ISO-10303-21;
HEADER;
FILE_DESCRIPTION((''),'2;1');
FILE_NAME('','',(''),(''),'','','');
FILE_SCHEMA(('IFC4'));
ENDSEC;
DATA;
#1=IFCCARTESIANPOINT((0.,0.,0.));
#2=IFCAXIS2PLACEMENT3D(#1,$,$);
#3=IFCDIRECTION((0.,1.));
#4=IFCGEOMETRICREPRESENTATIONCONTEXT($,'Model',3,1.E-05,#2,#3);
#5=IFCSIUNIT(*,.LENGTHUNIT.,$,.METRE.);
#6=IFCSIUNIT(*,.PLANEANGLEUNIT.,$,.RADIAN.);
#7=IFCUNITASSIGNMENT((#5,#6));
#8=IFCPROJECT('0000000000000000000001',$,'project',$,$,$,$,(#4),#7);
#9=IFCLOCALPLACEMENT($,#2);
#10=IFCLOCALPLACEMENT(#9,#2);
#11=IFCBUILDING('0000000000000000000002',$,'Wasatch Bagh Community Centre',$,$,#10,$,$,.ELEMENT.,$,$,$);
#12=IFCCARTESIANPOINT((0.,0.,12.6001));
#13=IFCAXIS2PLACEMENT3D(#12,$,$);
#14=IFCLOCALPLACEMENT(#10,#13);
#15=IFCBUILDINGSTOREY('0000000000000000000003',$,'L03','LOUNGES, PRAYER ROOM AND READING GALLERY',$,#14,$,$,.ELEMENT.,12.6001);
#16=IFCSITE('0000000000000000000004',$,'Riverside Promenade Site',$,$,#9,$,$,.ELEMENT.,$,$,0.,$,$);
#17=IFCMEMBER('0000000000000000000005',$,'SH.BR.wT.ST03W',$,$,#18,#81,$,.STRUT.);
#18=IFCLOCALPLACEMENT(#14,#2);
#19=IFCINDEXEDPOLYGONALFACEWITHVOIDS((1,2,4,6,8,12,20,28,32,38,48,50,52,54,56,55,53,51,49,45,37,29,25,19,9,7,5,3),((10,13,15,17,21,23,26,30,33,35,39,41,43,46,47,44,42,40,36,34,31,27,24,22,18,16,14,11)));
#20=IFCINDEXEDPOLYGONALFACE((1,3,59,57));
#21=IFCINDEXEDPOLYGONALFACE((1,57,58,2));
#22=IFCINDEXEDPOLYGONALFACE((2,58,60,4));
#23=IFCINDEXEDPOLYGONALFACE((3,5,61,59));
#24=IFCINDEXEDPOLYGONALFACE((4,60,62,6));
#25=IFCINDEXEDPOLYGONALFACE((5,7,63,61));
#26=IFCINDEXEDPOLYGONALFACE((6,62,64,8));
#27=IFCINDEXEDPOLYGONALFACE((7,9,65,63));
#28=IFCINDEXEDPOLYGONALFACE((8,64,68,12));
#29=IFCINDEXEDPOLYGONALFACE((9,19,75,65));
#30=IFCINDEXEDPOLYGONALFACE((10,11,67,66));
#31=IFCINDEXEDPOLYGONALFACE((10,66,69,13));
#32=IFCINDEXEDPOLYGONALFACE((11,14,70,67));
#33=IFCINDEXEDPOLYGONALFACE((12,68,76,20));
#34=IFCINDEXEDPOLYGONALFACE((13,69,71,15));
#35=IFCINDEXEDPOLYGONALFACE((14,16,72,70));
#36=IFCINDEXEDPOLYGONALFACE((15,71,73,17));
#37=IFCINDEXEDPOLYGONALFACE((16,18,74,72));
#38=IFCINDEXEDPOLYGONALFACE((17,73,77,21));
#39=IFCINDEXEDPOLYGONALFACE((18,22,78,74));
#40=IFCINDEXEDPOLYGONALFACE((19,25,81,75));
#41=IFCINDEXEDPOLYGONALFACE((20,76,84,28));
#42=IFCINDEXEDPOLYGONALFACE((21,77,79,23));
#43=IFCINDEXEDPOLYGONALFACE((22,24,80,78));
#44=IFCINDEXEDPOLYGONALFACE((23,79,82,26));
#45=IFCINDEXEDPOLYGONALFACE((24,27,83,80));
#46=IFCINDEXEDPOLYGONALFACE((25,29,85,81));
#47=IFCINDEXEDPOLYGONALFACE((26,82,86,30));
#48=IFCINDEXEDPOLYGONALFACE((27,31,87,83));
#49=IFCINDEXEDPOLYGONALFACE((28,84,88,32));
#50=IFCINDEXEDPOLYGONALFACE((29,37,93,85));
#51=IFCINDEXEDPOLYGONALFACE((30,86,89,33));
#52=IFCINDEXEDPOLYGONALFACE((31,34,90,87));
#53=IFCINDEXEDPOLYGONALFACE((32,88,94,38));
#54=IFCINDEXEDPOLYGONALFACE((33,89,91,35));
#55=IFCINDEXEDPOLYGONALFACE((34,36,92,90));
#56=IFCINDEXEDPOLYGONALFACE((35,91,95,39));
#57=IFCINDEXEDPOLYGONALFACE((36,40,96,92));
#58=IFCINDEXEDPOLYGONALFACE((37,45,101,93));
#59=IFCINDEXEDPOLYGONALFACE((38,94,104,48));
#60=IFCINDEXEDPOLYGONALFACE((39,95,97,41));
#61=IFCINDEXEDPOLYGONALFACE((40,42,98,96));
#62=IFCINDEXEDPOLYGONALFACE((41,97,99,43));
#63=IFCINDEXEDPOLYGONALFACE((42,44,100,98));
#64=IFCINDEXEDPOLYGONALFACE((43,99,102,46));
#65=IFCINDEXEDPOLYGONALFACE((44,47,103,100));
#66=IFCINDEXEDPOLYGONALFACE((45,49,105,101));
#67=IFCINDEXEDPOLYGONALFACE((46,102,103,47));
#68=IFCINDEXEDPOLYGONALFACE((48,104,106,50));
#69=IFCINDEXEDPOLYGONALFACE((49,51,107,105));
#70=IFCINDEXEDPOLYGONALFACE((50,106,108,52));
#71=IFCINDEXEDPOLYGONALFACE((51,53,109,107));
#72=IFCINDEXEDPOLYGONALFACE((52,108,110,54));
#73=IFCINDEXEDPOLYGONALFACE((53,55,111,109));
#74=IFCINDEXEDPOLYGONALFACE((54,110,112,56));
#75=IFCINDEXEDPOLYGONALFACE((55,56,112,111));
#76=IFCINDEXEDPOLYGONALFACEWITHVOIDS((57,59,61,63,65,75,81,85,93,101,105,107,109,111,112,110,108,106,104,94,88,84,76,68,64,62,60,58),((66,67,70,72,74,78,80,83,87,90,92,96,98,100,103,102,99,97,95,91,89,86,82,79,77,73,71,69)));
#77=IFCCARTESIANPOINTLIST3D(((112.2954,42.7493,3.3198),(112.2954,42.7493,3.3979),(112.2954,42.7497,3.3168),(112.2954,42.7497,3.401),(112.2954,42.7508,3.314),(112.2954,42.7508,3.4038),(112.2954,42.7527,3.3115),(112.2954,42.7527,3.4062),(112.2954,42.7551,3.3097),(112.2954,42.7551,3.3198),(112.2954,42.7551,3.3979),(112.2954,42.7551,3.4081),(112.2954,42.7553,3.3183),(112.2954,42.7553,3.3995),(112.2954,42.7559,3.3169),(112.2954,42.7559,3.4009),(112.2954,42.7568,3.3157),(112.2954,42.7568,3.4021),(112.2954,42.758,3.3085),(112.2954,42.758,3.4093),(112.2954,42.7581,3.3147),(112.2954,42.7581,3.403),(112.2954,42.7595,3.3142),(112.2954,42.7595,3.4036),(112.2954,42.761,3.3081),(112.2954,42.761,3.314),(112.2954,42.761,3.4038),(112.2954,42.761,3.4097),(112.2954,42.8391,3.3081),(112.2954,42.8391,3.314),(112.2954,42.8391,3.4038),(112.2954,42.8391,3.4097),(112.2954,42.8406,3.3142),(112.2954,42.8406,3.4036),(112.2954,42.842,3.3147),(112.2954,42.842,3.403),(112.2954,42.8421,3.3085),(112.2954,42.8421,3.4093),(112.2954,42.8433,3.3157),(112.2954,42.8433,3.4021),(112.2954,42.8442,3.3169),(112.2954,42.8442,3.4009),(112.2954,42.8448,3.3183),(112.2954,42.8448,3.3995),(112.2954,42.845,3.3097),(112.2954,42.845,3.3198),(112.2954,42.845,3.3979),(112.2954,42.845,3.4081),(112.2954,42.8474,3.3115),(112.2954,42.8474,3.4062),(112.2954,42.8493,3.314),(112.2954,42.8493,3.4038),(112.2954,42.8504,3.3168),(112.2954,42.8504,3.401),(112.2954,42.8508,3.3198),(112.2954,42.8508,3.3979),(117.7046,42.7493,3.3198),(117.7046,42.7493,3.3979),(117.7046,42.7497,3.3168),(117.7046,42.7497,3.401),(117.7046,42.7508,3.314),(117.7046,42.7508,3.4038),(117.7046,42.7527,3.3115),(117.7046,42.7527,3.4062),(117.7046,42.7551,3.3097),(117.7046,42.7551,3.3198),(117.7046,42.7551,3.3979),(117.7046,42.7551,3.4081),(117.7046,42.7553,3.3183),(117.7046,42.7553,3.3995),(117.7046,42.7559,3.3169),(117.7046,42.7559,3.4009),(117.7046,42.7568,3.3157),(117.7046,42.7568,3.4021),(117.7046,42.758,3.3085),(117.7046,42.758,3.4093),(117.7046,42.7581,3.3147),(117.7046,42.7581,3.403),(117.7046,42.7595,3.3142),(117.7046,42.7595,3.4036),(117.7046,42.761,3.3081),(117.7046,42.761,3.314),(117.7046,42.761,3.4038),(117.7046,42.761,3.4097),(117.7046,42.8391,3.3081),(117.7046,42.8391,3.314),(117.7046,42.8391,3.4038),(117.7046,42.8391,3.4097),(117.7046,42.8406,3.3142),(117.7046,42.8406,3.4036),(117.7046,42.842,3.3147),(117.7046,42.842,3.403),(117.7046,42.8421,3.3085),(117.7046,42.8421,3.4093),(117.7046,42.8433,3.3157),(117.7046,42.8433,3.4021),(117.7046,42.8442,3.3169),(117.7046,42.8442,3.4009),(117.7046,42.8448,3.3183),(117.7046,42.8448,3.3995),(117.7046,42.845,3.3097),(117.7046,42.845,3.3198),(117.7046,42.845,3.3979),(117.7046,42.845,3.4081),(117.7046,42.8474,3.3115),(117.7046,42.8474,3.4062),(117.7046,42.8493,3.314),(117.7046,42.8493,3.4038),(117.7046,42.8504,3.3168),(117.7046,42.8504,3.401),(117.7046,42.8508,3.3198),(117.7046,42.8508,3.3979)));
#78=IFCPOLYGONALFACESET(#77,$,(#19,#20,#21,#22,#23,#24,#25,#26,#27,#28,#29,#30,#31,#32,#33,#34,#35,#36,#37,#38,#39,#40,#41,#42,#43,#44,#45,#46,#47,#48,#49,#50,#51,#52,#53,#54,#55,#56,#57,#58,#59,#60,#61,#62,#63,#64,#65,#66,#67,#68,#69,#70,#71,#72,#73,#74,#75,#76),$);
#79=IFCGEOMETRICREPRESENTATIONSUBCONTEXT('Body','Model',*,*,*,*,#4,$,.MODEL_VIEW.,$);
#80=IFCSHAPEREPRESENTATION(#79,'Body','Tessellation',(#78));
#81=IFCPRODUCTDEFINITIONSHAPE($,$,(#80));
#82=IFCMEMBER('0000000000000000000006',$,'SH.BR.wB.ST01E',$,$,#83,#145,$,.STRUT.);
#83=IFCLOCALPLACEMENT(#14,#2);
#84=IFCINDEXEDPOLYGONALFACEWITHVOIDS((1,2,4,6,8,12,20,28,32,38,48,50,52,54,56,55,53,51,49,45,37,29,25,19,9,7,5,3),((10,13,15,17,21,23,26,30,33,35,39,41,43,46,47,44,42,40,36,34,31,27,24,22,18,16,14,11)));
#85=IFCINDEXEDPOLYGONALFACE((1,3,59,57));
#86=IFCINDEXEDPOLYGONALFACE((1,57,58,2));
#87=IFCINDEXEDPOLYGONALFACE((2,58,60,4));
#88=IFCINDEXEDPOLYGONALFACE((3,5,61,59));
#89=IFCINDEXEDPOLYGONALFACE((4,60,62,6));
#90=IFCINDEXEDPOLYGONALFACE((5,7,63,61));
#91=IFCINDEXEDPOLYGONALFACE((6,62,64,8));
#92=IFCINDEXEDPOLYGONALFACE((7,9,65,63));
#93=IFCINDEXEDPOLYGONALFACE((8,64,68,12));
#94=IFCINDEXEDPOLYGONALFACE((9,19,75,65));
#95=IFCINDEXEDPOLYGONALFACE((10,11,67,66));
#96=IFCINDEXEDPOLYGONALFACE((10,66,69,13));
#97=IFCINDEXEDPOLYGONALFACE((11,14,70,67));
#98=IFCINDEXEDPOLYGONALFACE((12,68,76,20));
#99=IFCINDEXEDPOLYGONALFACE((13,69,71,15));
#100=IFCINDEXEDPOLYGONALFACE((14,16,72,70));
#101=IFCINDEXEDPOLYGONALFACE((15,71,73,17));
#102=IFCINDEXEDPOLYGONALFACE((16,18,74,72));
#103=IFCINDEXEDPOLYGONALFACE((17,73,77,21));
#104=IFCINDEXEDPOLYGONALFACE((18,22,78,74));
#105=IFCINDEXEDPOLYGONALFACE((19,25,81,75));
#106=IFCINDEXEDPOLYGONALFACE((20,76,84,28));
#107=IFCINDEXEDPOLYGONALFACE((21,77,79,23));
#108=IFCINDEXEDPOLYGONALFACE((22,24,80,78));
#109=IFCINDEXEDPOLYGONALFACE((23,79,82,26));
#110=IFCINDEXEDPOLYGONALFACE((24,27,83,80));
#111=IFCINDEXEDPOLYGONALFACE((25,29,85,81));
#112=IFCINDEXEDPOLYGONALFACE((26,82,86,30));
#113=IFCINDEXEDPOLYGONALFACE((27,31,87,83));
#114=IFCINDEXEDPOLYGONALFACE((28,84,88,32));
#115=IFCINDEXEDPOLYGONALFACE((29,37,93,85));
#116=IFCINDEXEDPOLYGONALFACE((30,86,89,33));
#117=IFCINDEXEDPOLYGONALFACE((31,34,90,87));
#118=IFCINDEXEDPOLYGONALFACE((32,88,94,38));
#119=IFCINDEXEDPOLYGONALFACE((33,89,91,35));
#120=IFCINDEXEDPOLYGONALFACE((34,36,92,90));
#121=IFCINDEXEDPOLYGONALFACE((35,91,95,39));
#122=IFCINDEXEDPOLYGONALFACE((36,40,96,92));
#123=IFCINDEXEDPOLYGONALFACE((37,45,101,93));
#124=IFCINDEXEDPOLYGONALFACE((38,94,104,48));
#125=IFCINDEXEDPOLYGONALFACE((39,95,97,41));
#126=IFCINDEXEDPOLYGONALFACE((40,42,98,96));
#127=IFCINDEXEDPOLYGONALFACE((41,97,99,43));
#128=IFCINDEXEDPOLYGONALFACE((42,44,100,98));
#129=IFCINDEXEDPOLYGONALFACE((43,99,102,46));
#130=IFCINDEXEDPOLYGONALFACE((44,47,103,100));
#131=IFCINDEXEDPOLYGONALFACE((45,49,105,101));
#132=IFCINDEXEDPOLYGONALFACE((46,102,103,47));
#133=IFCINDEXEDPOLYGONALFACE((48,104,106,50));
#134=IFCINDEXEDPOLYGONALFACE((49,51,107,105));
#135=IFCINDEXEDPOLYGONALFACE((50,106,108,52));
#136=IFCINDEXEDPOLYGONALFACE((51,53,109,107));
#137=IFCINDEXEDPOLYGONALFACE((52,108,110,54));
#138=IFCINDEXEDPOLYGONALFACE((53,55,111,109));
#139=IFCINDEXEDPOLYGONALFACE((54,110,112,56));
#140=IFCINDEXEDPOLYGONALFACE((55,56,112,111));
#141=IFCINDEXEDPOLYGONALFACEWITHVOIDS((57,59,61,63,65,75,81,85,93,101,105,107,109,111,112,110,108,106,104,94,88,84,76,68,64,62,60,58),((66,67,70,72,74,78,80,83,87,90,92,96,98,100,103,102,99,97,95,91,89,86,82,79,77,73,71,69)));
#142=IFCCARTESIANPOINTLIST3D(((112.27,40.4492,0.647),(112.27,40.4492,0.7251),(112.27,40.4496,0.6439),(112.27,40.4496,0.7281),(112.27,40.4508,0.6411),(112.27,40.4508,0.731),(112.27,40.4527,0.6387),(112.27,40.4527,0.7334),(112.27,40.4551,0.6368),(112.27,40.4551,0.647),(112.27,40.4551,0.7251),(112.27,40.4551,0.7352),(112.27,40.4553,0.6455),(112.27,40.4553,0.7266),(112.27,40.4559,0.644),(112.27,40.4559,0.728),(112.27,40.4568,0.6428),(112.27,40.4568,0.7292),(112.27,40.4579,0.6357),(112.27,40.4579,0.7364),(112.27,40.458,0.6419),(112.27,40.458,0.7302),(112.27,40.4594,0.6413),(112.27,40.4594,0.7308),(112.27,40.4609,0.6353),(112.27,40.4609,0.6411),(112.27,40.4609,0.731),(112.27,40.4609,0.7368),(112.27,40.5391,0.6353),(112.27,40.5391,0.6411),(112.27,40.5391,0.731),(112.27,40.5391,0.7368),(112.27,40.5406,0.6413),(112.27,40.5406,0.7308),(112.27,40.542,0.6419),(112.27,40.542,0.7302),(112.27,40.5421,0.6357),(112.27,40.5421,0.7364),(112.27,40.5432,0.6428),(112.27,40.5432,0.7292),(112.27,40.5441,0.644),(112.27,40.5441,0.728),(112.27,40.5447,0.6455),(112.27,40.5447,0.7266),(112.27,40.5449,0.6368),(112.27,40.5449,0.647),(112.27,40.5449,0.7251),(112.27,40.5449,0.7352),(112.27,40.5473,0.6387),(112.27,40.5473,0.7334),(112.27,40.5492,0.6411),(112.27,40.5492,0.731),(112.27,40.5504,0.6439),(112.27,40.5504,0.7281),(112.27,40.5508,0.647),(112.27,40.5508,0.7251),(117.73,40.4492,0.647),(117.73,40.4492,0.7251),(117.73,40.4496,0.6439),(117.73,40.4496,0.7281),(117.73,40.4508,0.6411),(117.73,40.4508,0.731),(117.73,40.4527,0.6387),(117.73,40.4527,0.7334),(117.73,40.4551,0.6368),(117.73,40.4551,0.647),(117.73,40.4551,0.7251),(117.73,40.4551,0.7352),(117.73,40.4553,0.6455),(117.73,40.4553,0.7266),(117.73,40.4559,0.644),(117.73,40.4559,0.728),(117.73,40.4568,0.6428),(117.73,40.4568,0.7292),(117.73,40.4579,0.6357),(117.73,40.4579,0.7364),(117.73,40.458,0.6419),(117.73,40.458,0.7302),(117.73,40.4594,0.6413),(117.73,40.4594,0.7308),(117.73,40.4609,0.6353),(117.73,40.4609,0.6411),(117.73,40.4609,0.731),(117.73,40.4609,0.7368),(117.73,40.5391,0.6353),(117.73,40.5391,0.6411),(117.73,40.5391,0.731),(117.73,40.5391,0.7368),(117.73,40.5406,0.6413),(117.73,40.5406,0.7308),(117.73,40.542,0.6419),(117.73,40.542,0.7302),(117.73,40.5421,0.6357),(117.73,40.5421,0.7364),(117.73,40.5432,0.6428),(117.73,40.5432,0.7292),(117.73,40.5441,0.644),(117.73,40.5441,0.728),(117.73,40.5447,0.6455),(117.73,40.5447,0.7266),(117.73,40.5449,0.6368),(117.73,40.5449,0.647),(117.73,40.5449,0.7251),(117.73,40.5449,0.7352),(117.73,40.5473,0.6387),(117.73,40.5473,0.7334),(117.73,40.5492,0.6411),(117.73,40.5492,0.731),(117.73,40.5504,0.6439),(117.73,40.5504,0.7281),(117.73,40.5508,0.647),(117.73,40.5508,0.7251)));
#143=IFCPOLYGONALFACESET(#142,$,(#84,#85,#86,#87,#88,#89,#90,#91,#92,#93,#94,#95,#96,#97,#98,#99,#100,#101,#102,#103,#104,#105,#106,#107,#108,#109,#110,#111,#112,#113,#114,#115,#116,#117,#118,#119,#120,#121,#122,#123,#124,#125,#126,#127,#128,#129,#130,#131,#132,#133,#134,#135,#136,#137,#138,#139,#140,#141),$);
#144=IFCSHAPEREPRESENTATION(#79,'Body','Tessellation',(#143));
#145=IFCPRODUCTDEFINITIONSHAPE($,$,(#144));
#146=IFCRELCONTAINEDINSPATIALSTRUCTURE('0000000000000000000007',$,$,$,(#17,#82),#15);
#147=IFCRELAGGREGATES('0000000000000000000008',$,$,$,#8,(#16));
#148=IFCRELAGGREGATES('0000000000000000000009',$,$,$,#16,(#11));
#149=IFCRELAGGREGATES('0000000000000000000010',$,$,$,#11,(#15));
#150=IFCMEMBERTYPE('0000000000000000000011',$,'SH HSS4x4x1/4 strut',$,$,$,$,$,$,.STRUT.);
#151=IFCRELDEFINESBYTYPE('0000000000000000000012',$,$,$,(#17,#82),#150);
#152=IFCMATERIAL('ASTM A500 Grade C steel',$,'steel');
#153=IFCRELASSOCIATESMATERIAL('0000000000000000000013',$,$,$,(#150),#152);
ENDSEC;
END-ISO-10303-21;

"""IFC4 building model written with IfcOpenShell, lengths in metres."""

from ifc_helpers import new_model, si_unit, direction, frame, origin, origin_2d, place, context, subcontext, project, spatial, hollow_rectangle, extrude, material, material_profile, profile_set, type_object, element, save


model = new_model("IFC4")

# Units and contexts
model_context = context("Model", 3, precision=1e-05, world=origin(), true_north=direction((0.0, 1.0)))
body_context = subcontext(model_context, "Body", "Model", "MODEL_VIEW")
ifc_project = project(units=[si_unit("LENGTHUNIT", "METRE"), si_unit("PLANEANGLEUNIT", "RADIAN")], contexts=[model_context])

# Site, building, storey
site_placement = place(None, origin())
site = spatial("IfcSite", under=ifc_project, at=site_placement, Name="Riverside Promenade Site", CompositionType="ELEMENT", RefElevation=0.0)
building_placement = place(site_placement, origin())
building = spatial("IfcBuilding", under=site, at=building_placement, Name="Wasatch Bagh Community Centre", CompositionType="ELEMENT")
storey_placement = place(building_placement, frame((0.0, 0.0, 12.6001)))
storey = spatial("IfcBuildingStorey", under=building, at=storey_placement, Name="L03", Description="LOUNGES, PRAYER ROOM AND READING GALLERY", CompositionType="ELEMENT", Elevation=12.6001)

# Members
ifc_material_1 = material(Name="ASTM A500 Grade C steel", Category="steel")
ifc_material_profile_1 = material_profile(ifc_material_1, hollow_rectangle(XDim=0.1016, YDim=0.1016, WallThickness=0.0059, InnerFilletRadius=0.0059, OuterFilletRadius=0.0117, at=origin_2d()), Name="HSS4x4x1/4")
ifc_profile_set_1 = profile_set([ifc_material_profile_1], Name="ASTM A500 Grade C steel")
member_type_1 = type_object("IfcMemberType", Name="SH HSS4x4x1/4 strut", PredefinedType="STRUT", material=ifc_profile_set_1)
for number, where, z_axis, x_axis, name in (
    (1, (112.2954, 42.8, 3.3589), (1.0, 0.0, 0.0), (0.0, 1.0, 0.0), "SH.BR.wT.ST03W"),
):
    element("IfcMember", number, at=place(storey_placement, frame(where, z_axis=z_axis, x_axis=x_axis)), inside=storey, type_object=member_type_1, Name=name, PredefinedType="STRUT", context=body_context, shape_type="SweptSolid", body=[
        extrude(hollow_rectangle(XDim=0.1016, YDim=0.1016, WallThickness=0.0059, InnerFilletRadius=0.0059, OuterFilletRadius=0.0117, at=origin_2d()), origin(), (0.0, 0.0, 1.0), 5.4092),
    ])
for number, where, z_axis, x_axis, name in (
    (2, (112.27, 40.5, 0.686), (1.0, 0.0, 0.0), (0.0, 1.0, 0.0), "SH.BR.wB.ST01E"),
):
    element("IfcMember", number, at=place(storey_placement, frame(where, z_axis=z_axis, x_axis=x_axis)), inside=storey, type_object=member_type_1, Name=name, PredefinedType="STRUT", context=body_context, shape_type="SweptSolid", body=[
        extrude(hollow_rectangle(XDim=0.1016, YDim=0.1016, WallThickness=0.0059, InnerFilletRadius=0.0059, OuterFilletRadius=0.0117, at=origin_2d()), origin(), (0.0, 0.0, 1.0), 5.46),
    ])

save(model, "model.ifc")
